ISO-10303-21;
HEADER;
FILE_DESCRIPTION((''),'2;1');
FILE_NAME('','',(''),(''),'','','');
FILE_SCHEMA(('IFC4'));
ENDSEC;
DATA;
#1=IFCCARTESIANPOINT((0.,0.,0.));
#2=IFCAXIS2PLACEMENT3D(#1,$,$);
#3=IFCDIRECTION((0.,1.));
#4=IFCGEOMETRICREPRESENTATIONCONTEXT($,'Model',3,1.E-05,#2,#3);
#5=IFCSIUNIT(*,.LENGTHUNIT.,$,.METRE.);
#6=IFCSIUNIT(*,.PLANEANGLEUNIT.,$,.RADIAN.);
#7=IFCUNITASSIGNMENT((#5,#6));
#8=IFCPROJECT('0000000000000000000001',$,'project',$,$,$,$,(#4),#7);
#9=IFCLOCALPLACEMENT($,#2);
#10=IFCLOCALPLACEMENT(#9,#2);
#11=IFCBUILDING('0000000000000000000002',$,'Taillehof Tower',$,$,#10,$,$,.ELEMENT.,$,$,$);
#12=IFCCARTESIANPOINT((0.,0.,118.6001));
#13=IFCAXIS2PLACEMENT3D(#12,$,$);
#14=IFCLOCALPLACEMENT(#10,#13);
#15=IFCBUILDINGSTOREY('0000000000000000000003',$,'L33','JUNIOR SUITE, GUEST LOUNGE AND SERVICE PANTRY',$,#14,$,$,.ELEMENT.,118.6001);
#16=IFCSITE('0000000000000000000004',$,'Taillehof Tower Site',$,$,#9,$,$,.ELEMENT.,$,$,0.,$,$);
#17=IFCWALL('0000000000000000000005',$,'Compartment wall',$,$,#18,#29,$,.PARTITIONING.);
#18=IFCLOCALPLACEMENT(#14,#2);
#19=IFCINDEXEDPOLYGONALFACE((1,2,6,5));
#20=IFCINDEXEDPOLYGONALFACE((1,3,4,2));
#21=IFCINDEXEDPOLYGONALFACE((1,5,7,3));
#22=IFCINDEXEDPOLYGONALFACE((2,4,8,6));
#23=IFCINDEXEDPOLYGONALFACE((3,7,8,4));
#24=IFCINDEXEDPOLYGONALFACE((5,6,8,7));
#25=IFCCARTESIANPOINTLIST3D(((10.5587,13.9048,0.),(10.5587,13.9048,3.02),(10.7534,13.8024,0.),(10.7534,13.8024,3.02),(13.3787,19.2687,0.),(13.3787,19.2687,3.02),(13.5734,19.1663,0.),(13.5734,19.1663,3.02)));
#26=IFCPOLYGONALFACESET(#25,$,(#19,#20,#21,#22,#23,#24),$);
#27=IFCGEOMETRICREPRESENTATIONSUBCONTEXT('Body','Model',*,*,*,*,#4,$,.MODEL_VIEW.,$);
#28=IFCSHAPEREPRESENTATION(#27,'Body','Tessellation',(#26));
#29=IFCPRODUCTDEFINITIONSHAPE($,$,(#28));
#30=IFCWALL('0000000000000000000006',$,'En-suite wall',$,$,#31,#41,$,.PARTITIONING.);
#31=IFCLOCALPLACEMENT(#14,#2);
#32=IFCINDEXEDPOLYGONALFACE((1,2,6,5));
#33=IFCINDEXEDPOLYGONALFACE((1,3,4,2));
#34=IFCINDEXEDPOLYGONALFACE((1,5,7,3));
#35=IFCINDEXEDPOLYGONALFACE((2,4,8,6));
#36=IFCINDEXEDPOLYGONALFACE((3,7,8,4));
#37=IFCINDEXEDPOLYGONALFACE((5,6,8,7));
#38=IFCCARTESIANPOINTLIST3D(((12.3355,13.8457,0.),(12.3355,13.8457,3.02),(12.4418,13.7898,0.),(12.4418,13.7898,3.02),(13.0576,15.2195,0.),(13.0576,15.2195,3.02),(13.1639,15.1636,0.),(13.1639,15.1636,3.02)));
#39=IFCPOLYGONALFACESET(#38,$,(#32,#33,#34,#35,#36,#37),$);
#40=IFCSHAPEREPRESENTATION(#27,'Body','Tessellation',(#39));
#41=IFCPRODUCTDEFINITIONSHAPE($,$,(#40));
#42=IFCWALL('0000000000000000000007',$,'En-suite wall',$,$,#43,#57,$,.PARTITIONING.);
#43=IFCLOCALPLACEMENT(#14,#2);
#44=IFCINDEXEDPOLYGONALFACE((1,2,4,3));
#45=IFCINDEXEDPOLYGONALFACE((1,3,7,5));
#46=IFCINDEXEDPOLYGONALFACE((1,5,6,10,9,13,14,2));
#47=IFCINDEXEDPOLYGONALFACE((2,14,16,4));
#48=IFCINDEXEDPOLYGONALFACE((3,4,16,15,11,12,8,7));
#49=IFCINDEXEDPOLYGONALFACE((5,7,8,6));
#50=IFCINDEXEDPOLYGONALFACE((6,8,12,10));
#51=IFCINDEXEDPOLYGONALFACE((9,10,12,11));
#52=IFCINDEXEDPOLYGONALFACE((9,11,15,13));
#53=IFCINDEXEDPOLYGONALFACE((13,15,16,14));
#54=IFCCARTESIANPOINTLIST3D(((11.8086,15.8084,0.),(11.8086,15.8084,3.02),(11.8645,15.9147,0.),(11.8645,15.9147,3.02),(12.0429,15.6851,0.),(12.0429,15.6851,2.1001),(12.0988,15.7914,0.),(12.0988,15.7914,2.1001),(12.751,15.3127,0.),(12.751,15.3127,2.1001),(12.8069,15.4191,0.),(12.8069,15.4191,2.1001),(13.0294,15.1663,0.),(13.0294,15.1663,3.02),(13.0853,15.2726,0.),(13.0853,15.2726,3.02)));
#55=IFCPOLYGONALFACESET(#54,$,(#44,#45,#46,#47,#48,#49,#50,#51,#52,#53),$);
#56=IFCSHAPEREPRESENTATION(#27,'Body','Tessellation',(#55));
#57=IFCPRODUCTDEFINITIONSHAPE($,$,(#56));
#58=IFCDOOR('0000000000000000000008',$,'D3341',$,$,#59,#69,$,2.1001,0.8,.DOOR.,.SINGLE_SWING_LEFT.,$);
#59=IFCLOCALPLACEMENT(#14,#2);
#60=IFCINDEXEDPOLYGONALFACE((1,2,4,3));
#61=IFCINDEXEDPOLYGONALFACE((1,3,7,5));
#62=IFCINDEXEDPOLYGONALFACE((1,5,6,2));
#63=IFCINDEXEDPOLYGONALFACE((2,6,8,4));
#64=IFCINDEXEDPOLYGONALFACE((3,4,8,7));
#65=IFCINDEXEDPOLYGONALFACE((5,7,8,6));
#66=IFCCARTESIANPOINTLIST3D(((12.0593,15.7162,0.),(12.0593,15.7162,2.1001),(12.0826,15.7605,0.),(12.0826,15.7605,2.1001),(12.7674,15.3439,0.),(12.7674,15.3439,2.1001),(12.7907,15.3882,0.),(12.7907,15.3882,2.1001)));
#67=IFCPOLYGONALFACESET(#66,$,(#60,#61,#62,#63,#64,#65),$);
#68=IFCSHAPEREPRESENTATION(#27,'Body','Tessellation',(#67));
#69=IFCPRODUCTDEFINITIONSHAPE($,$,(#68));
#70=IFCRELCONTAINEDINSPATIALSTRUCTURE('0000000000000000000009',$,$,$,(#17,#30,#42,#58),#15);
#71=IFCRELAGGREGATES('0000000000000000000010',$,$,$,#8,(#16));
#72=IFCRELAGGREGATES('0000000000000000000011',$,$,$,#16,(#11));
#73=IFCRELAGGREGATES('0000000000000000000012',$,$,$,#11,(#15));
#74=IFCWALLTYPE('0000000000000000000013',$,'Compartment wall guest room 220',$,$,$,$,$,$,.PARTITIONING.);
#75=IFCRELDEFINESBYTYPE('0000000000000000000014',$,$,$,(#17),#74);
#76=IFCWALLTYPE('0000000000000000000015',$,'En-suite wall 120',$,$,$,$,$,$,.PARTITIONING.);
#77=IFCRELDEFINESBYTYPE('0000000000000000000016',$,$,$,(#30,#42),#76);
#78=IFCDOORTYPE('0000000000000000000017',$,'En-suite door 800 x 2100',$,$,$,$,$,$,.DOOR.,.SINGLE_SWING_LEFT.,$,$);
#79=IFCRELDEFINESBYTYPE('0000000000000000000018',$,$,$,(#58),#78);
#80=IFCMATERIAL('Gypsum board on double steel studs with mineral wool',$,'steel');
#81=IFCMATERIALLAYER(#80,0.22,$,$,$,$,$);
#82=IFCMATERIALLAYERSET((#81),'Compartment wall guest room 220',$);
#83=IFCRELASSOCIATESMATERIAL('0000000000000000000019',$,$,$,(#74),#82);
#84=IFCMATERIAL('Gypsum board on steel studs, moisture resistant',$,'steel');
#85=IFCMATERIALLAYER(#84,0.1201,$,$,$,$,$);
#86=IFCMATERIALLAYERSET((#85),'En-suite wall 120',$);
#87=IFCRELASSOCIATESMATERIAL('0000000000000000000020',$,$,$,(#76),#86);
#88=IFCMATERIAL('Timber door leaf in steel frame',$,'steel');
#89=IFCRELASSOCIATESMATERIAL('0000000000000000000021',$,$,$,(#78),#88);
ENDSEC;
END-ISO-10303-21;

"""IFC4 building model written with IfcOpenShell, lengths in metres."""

from ifc_helpers import new_model, si_unit, direction, frame, frame_2d, origin, place, context, subcontext, project, spatial, rectangle, extrude, material, layer, layer_set, type_object, element, fill, save


model = new_model("IFC4")

# Units and contexts
model_context = context("Model", 3, precision=1e-05, world=origin(), true_north=direction((0.0, 1.0)))
body_context = subcontext(model_context, "Body", "Model", "MODEL_VIEW")
ifc_project = project(units=[si_unit("LENGTHUNIT", "METRE"), si_unit("PLANEANGLEUNIT", "RADIAN")], contexts=[model_context])

# Site, building, storey
site_placement = place(None, origin())
site = spatial("IfcSite", under=ifc_project, at=site_placement, Name="Taillehof Tower Site", CompositionType="ELEMENT", RefElevation=0.0)
building_placement = place(site_placement, origin())
building = spatial("IfcBuilding", under=site, at=building_placement, Name="Taillehof Tower", CompositionType="ELEMENT")
storey_placement = place(building_placement, frame((0.0, 0.0, 118.6001)))
storey = spatial("IfcBuildingStorey", under=building, at=storey_placement, Name="L33", Description="JUNIOR SUITE, GUEST LOUNGE AND SERVICE PANTRY", CompositionType="ELEMENT", Elevation=118.6001)

# Walls
ifc_material_1 = material(Name="Gypsum board on double steel studs with mineral wool", Category="steel")
ifc_layer_1 = layer(ifc_material_1, 0.22)
ifc_layer_set_1 = layer_set([ifc_layer_1], Name="Compartment wall guest room 220")
wall_type_1 = type_object("IfcWallType", Name="Compartment wall guest room 220", PredefinedType="PARTITIONING", material=ifc_layer_set_1)
wall_1_placement = place(storey_placement, frame((13.4761, 19.2175, 0.0), z_axis=(0.0, 0.0, 1.0), x_axis=(-0.465346, -0.885129, 0.0)))
element("IfcWall", 1, at=wall_1_placement, inside=storey, type_object=wall_type_1, Name="Compartment wall", PredefinedType="PARTITIONING", context=body_context, shape_type="SweptSolid", body=[
    extrude(rectangle(XDim=6.0601, YDim=0.22, at=frame_2d((3.03, 0.0))), origin(), (0.0, 0.0, 1.0), 3.02),
])
ifc_material_2 = material(Name="Gypsum board on steel studs, moisture resistant", Category="steel")
ifc_layer_2 = layer(ifc_material_2, 0.1201)
ifc_layer_set_2 = layer_set([ifc_layer_2], Name="En-suite wall 120")
wall_type_2 = type_object("IfcWallType", Name="En-suite wall 120", PredefinedType="PARTITIONING", material=ifc_layer_set_2)
wall_2_placement = place(storey_placement, frame((12.3887, 13.8179, 0.0), z_axis=(0.0, 0.0, 1.0), x_axis=(0.465306, 0.88515, 0.0)))
element("IfcWall", 2, at=wall_2_placement, inside=storey, type_object=wall_type_2, Name="En-suite wall", PredefinedType="PARTITIONING", context=body_context, shape_type="SweptSolid", body=[
    extrude(rectangle(XDim=1.552, YDim=0.1201, at=frame_2d((0.7759, 0.0))), origin(), (0.0, 0.0, 1.0), 3.02),
])

# Wall, opening, door
wall_3_placement = place(storey_placement, frame((13.0574, 15.2195, 0.0), z_axis=(0.0, 0.0, 1.0), x_axis=(-0.885072, 0.465455, 0.0)))
wall_3 = element("IfcWall", 3, at=wall_3_placement, inside=storey, type_object=wall_type_2, Name="En-suite wall", PredefinedType="PARTITIONING", context=body_context, shape_type="SweptSolid", body=[
    extrude(rectangle(XDim=1.3794, YDim=0.1201, at=frame_2d((0.6897, 0.0))), origin(), (0.0, 0.0, 1.0), 3.02),
])
opening_1_placement = place(wall_3_placement, frame((0.3147, 0.0, 0.0)))
opening_1 = element("IfcOpeningElement", 4, at=opening_1_placement, cuts=wall_3, PredefinedType="OPENING", context=body_context, shape_type="SweptSolid", body=[
    extrude(rectangle(XDim=0.8, YDim=2.1001, at=frame_2d((0.3999, 1.05))), frame((0.0, 0.0701, 0.0), z_axis=(0.0, -1.0, 0.0), x_axis=(1.0, 0.0, 0.0)), (0.0, 0.0, 1.0), 0.1401),
])
ifc_material_3 = material(Name="Timber door leaf in steel frame", Category="steel")
door_type_1 = type_object("IfcDoorType", Name="En-suite door 800 x 2100", OperationType="SINGLE_SWING_LEFT", PredefinedType="DOOR", material=ifc_material_3)
door_1_placement = place(opening_1_placement, origin())
door_1 = element("IfcDoor", 5, at=door_1_placement, inside=storey, type_object=door_type_1, Name="D3341", OperationType="SINGLE_SWING_LEFT", OverallHeight=2.1001, OverallWidth=0.8, PredefinedType="DOOR", context=body_context, shape_type="SweptSolid", body=[
    extrude(rectangle(XDim=0.8, YDim=2.1001, at=frame_2d((0.3999, 1.05))), frame((0.0, 0.0249, 0.0), z_axis=(0.0, -1.0, 0.0), x_axis=(1.0, 0.0, 0.0)), (0.0, 0.0, 1.0), 0.05),
])
fill(opening_1, door_1)

save(model, "model.ifc")
